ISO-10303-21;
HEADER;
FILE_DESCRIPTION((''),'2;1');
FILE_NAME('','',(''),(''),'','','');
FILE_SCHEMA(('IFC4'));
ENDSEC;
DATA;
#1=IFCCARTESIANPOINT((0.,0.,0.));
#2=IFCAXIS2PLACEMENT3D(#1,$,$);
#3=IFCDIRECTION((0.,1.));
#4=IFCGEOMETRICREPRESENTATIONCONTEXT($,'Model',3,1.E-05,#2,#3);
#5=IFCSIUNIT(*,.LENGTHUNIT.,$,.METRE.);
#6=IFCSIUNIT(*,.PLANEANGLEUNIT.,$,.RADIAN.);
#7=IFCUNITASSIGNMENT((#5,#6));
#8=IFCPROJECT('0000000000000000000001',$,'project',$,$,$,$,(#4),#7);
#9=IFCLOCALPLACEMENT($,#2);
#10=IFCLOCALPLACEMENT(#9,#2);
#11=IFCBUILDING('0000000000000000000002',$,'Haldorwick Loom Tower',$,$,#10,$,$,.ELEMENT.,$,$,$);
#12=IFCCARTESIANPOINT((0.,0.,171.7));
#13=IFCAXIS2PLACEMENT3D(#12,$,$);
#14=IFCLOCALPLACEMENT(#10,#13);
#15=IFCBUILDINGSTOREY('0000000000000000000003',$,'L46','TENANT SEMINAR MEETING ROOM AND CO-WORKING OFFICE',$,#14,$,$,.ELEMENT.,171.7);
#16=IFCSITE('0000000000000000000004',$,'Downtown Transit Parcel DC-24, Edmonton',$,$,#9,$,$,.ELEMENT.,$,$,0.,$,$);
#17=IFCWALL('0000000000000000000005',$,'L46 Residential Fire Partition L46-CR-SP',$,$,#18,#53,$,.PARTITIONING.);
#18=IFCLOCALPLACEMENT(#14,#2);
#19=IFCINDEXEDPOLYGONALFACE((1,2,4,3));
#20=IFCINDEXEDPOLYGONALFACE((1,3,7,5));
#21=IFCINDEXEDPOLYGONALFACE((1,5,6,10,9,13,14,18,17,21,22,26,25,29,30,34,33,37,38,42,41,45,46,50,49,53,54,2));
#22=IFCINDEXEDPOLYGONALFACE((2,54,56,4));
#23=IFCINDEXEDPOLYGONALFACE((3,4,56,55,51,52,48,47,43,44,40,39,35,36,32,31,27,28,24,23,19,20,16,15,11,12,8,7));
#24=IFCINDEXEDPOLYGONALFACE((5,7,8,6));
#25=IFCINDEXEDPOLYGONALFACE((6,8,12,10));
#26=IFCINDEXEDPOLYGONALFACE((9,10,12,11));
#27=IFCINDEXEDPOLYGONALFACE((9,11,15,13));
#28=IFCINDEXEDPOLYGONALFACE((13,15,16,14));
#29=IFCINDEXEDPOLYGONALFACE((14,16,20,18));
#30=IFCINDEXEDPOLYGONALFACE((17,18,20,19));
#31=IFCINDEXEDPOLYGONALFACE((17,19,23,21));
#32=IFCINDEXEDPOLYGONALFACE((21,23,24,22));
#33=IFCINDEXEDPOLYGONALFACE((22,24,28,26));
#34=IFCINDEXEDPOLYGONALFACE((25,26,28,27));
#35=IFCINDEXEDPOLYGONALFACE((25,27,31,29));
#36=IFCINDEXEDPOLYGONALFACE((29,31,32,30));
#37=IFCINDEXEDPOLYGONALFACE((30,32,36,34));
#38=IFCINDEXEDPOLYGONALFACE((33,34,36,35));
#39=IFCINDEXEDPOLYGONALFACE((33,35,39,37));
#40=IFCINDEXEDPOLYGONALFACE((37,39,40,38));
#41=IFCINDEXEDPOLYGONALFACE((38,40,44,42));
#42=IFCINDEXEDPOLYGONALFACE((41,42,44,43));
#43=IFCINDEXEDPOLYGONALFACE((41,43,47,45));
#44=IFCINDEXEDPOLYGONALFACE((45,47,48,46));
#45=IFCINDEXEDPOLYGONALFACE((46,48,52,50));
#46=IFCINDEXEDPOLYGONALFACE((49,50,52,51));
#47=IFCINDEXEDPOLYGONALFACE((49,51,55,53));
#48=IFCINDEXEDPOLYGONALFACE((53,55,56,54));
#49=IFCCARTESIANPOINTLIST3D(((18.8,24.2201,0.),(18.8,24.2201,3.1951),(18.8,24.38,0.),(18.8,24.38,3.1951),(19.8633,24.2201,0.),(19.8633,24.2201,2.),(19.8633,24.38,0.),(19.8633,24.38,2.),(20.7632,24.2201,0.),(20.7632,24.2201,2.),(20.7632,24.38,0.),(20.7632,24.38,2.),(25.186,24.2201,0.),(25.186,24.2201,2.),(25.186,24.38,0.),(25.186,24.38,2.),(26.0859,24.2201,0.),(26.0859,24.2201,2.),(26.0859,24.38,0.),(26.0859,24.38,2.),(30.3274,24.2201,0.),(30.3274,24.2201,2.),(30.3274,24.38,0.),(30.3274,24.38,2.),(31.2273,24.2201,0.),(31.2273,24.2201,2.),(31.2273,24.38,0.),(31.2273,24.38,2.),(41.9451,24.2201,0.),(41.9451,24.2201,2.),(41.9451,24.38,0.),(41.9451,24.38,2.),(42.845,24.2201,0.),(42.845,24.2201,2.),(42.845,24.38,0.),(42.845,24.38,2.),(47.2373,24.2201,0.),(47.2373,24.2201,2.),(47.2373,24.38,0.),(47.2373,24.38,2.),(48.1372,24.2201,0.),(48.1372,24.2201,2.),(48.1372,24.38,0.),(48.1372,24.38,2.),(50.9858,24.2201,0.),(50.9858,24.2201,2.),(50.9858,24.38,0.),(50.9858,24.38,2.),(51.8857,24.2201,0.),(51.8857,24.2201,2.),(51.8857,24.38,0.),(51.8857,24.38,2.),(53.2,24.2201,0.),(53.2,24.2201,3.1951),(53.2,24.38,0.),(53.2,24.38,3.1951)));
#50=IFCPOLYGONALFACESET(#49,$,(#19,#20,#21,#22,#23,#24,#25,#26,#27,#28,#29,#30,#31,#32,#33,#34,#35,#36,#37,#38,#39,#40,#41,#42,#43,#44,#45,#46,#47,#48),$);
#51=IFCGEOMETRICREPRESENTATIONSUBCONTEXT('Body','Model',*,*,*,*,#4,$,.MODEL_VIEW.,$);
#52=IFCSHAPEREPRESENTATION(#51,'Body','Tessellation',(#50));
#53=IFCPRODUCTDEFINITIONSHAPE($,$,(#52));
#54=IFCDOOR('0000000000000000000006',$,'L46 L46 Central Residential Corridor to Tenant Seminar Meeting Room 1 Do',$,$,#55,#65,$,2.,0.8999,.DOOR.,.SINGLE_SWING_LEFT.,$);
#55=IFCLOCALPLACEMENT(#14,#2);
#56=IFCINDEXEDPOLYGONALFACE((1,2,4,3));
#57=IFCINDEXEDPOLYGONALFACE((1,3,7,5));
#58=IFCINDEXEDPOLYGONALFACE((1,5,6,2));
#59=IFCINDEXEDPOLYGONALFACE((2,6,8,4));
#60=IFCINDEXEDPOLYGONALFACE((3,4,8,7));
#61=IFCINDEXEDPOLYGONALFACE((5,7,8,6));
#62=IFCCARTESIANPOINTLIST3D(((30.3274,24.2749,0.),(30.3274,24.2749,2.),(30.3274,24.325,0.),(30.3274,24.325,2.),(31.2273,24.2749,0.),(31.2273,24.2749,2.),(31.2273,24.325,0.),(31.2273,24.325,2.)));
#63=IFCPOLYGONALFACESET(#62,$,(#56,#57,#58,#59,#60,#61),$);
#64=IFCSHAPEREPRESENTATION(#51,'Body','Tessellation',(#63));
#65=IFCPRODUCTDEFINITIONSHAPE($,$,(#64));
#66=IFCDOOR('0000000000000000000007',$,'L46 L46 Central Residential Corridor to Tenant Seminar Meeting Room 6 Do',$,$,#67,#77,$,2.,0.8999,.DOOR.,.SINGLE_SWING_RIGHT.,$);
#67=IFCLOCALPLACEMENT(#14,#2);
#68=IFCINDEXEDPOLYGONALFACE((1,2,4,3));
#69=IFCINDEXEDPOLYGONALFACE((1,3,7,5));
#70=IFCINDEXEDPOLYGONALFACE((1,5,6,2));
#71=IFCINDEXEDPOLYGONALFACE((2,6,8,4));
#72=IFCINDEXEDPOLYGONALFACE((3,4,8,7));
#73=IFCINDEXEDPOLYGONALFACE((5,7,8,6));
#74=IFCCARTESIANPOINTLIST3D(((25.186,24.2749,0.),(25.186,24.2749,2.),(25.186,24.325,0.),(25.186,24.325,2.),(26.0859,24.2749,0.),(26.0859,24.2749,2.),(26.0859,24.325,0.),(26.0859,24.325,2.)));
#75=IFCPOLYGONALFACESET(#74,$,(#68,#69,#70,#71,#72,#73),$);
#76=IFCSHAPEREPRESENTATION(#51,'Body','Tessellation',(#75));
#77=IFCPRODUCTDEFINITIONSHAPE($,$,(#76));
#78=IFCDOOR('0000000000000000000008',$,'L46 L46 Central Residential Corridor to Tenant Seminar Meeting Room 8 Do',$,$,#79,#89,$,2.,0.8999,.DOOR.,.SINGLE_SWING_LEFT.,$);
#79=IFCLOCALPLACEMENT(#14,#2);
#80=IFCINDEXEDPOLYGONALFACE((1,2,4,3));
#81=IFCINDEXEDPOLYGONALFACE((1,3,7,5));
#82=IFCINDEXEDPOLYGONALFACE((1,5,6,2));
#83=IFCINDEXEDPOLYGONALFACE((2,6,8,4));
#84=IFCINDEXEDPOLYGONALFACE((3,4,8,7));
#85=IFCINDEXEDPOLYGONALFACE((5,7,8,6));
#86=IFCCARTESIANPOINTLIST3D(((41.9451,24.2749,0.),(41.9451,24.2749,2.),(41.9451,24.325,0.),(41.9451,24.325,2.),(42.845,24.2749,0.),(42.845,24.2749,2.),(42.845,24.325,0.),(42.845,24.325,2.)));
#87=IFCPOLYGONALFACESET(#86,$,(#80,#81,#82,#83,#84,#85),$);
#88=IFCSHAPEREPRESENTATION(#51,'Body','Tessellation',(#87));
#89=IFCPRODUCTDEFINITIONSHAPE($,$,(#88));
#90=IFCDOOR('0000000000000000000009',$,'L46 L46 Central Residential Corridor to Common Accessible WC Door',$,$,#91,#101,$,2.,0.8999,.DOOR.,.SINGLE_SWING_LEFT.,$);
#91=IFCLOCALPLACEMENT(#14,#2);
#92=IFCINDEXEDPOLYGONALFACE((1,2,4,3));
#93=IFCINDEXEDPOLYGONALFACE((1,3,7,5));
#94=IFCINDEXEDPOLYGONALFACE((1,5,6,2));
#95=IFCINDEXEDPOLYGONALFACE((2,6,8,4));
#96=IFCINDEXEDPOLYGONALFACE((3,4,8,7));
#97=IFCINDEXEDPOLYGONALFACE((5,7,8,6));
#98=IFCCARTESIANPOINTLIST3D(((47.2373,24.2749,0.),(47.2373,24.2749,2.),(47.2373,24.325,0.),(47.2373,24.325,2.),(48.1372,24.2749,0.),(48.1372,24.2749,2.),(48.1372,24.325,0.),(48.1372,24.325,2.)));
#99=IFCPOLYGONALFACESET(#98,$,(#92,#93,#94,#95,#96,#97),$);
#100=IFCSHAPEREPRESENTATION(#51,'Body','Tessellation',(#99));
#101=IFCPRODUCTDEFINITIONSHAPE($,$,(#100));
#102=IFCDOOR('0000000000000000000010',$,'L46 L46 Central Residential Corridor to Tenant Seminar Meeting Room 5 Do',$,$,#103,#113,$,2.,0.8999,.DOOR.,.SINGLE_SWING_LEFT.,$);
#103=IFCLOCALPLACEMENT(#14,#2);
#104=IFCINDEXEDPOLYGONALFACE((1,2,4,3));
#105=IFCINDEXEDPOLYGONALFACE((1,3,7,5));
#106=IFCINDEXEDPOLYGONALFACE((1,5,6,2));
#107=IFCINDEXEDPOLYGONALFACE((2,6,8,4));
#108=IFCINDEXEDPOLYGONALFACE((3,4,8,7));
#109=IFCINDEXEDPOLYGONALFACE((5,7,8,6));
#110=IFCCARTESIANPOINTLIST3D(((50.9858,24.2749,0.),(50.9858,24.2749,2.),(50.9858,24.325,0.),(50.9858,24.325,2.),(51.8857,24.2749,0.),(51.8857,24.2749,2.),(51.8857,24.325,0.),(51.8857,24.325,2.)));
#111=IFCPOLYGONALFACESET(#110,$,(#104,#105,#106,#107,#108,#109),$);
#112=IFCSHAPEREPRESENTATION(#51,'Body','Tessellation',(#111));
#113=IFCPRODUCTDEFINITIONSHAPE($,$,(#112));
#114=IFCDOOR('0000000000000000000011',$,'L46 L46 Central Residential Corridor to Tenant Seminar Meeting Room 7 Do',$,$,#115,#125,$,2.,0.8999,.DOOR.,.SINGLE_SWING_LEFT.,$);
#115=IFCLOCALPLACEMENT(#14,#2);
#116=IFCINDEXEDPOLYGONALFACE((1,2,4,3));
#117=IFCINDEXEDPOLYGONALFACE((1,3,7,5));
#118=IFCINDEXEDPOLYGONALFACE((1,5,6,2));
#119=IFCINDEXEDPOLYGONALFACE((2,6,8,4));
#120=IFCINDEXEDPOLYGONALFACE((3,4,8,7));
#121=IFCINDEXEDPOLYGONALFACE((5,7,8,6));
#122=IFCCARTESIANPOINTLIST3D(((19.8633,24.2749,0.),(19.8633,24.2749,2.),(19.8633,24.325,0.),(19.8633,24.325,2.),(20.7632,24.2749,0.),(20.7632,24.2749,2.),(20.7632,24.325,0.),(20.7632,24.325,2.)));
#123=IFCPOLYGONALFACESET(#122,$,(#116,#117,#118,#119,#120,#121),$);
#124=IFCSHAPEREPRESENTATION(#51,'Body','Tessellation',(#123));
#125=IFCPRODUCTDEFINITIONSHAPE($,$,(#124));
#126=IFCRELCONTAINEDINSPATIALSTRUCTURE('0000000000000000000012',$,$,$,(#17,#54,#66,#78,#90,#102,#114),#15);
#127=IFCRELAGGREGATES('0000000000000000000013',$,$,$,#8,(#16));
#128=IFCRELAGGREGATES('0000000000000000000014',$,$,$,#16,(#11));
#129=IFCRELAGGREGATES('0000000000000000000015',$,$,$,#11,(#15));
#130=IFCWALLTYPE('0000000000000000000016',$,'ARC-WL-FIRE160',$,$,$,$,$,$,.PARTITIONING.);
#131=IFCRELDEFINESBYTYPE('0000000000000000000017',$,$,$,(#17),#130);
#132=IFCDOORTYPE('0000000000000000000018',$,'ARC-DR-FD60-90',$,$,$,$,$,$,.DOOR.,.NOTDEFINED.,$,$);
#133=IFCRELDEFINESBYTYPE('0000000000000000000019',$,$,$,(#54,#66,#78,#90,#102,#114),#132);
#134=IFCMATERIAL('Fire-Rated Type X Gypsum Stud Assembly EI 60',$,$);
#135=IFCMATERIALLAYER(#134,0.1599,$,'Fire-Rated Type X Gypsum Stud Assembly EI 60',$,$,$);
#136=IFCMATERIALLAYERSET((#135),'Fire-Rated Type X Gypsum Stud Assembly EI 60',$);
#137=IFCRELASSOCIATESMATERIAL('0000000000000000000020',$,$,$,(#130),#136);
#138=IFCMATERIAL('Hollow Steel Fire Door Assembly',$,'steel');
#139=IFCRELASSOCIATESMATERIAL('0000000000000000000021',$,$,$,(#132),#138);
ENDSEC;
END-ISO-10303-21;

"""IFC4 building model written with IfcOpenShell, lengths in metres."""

from ifc_helpers import new_model, si_unit, direction, frame, frame_2d, origin, place, context, subcontext, project, spatial, rectangle, extrude, material, layer, layer_set, type_object, element, fill, save


model = new_model("IFC4")

# Units and contexts
model_context = context("Model", 3, precision=1e-05, world=origin(), true_north=direction((0.0, 1.0)))
body_context = subcontext(model_context, "Body", "Model", "MODEL_VIEW")
ifc_project = project(units=[si_unit("LENGTHUNIT", "METRE"), si_unit("PLANEANGLEUNIT", "RADIAN")], contexts=[model_context])

# Site, building, storey
site_placement = place(None, origin())
site = spatial("IfcSite", under=ifc_project, at=site_placement, Name="Downtown Transit Parcel DC-24, Edmonton", CompositionType="ELEMENT", RefElevation=0.0)
building_placement = place(site_placement, origin())
building = spatial("IfcBuilding", under=site, at=building_placement, Name="Haldorwick Loom Tower", CompositionType="ELEMENT")
storey_placement = place(building_placement, frame((0.0, 0.0, 171.7)))
storey = spatial("IfcBuildingStorey", under=building, at=storey_placement, Name="L46", Description="TENANT SEMINAR MEETING ROOM AND CO-WORKING OFFICE", CompositionType="ELEMENT", Elevation=171.7)

# Wall, openings, doors
ifc_material_1 = material(Name="Fire-Rated Type X Gypsum Stud Assembly EI 60")
ifc_layer_1 = layer(ifc_material_1, 0.1599, Name="Fire-Rated Type X Gypsum Stud Assembly EI 60")
ifc_layer_set_1 = layer_set([ifc_layer_1], Name="Fire-Rated Type X Gypsum Stud Assembly EI 60")
wall_type_1 = type_object("IfcWallType", Name="ARC-WL-FIRE160", PredefinedType="PARTITIONING", material=ifc_layer_set_1)
wall_1_placement = place(storey_placement, frame((18.8, 24.3, 0.0), z_axis=(0.0, 0.0, 1.0), x_axis=(1.0, 0.0, 0.0)))
wall_1 = element("IfcWall", 1, at=wall_1_placement, inside=storey, type_object=wall_type_1, Name="L46 Residential Fire Partition L46-CR-SP", PredefinedType="PARTITIONING", context=body_context, shape_type="SweptSolid", body=[
    extrude(rectangle(XDim=34.3999, YDim=0.1599, at=frame_2d((17.2, 0.0))), origin(), (0.0, 0.0, 1.0), 3.1951),
])
opening_1_placement = place(wall_1_placement, frame((11.5273, 0.0, 0.0)))
opening_1 = element("IfcOpeningElement", 2, at=opening_1_placement, cuts=wall_1, PredefinedType="OPENING", context=body_context, shape_type="SweptSolid", body=[
    extrude(rectangle(XDim=0.8999, YDim=2.0, at=frame_2d((0.45, 1.0))), frame((0.0, 0.0898, 0.0), z_axis=(0.0, -1.0, 0.0), x_axis=(1.0, 0.0, 0.0)), (0.0, 0.0, 1.0), 0.1799),
])
opening_2_placement = place(wall_1_placement, frame((6.386, 0.0, 0.0)))
opening_2 = element("IfcOpeningElement", 3, at=opening_2_placement, cuts=wall_1, PredefinedType="OPENING", context=body_context, shape_type="SweptSolid", body=[
    extrude(rectangle(XDim=0.8999, YDim=2.0, at=frame_2d((0.45, 1.0))), frame((0.0, 0.0898, 0.0), z_axis=(0.0, -1.0, 0.0), x_axis=(1.0, 0.0, 0.0)), (0.0, 0.0, 1.0), 0.1799),
])
opening_3_placement = place(wall_1_placement, frame((23.145, 0.0, 0.0)))
opening_3 = element("IfcOpeningElement", 4, at=opening_3_placement, cuts=wall_1, PredefinedType="OPENING", context=body_context, shape_type="SweptSolid", body=[
    extrude(rectangle(XDim=0.8999, YDim=2.0, at=frame_2d((0.45, 1.0))), frame((0.0, 0.0898, 0.0), z_axis=(0.0, -1.0, 0.0), x_axis=(1.0, 0.0, 0.0)), (0.0, 0.0, 1.0), 0.1799),
])
opening_4_placement = place(wall_1_placement, frame((28.4373, 0.0, 0.0)))
opening_4 = element("IfcOpeningElement", 5, at=opening_4_placement, cuts=wall_1, PredefinedType="OPENING", context=body_context, shape_type="SweptSolid", body=[
    extrude(rectangle(XDim=0.8999, YDim=2.0, at=frame_2d((0.45, 1.0))), frame((0.0, 0.0898, 0.0), z_axis=(0.0, -1.0, 0.0), x_axis=(1.0, 0.0, 0.0)), (0.0, 0.0, 1.0), 0.1799),
])
opening_5_placement = place(wall_1_placement, frame((32.1858, 0.0, 0.0)))
opening_5 = element("IfcOpeningElement", 6, at=opening_5_placement, cuts=wall_1, PredefinedType="OPENING", context=body_context, shape_type="SweptSolid", body=[
    extrude(rectangle(XDim=0.8999, YDim=2.0, at=frame_2d((0.45, 1.0))), frame((0.0, 0.0898, 0.0), z_axis=(0.0, -1.0, 0.0), x_axis=(1.0, 0.0, 0.0)), (0.0, 0.0, 1.0), 0.1799),
])
opening_6_placement = place(wall_1_placement, frame((1.0632, 0.0, 0.0)))
opening_6 = element("IfcOpeningElement", 7, at=opening_6_placement, cuts=wall_1, PredefinedType="OPENING", context=body_context, shape_type="SweptSolid", body=[
    extrude(rectangle(XDim=0.8999, YDim=2.0, at=frame_2d((0.45, 1.0))), frame((0.0, 0.0898, 0.0), z_axis=(0.0, -1.0, 0.0), x_axis=(1.0, 0.0, 0.0)), (0.0, 0.0, 1.0), 0.1799),
])
ifc_material_2 = material(Name="Hollow Steel Fire Door Assembly", Category="steel")
door_type_1 = type_object("IfcDoorType", Name="ARC-DR-FD60-90", OperationType="NOTDEFINED", PredefinedType="DOOR", material=ifc_material_2)
door_1_placement = place(opening_1_placement, origin())
door_1 = element("IfcDoor", 8, at=door_1_placement, inside=storey, type_object=door_type_1, Name="L46 L46 Central Residential Corridor to Tenant Seminar Meeting Room 1 Do", OperationType="SINGLE_SWING_LEFT", OverallHeight=2.0, OverallWidth=0.8999, PredefinedType="DOOR", context=body_context, shape_type="SweptSolid", body=[
    extrude(rectangle(XDim=0.8999, YDim=2.0, at=frame_2d((0.45, 1.0))), frame((0.0, 0.0249, 0.0), z_axis=(0.0, -1.0, 0.0), x_axis=(1.0, 0.0, 0.0)), (0.0, 0.0, 1.0), 0.05),
])
fill(opening_1, door_1)
door_2_placement = place(opening_2_placement, origin())
door_2 = element("IfcDoor", 9, at=door_2_placement, inside=storey, type_object=door_type_1, Name="L46 L46 Central Residential Corridor to Tenant Seminar Meeting Room 6 Do", OperationType="SINGLE_SWING_RIGHT", OverallHeight=2.0, OverallWidth=0.8999, PredefinedType="DOOR", context=body_context, shape_type="SweptSolid", body=[
    extrude(rectangle(XDim=0.8999, YDim=2.0, at=frame_2d((0.45, 1.0))), frame((0.0, 0.0249, 0.0), z_axis=(0.0, -1.0, 0.0), x_axis=(1.0, 0.0, 0.0)), (0.0, 0.0, 1.0), 0.05),
])
fill(opening_2, door_2)
door_3_placement = place(opening_3_placement, origin())
door_3 = element("IfcDoor", 10, at=door_3_placement, inside=storey, type_object=door_type_1, Name="L46 L46 Central Residential Corridor to Tenant Seminar Meeting Room 8 Do", OperationType="SINGLE_SWING_LEFT", OverallHeight=2.0, OverallWidth=0.8999, PredefinedType="DOOR", context=body_context, shape_type="SweptSolid", body=[
    extrude(rectangle(XDim=0.8999, YDim=2.0, at=frame_2d((0.45, 1.0))), frame((0.0, 0.0249, 0.0), z_axis=(0.0, -1.0, 0.0), x_axis=(1.0, 0.0, 0.0)), (0.0, 0.0, 1.0), 0.05),
])
fill(opening_3, door_3)
door_4_placement = place(opening_4_placement, origin())
door_4 = element("IfcDoor", 11, at=door_4_placement, inside=storey, type_object=door_type_1, Name="L46 L46 Central Residential Corridor to Common Accessible WC Door", OperationType="SINGLE_SWING_LEFT", OverallHeight=2.0, OverallWidth=0.8999, PredefinedType="DOOR", context=body_context, shape_type="SweptSolid", body=[
    extrude(rectangle(XDim=0.8999, YDim=2.0, at=frame_2d((0.45, 1.0))), frame((0.0, 0.0249, 0.0), z_axis=(0.0, -1.0, 0.0), x_axis=(1.0, 0.0, 0.0)), (0.0, 0.0, 1.0), 0.05),
])
fill(opening_4, door_4)
door_5_placement = place(opening_5_placement, origin())
door_5 = element("IfcDoor", 12, at=door_5_placement, inside=storey, type_object=door_type_1, Name="L46 L46 Central Residential Corridor to Tenant Seminar Meeting Room 5 Do", OperationType="SINGLE_SWING_LEFT", OverallHeight=2.0, OverallWidth=0.8999, PredefinedType="DOOR", context=body_context, shape_type="SweptSolid", body=[
    extrude(rectangle(XDim=0.8999, YDim=2.0, at=frame_2d((0.45, 1.0))), frame((0.0, 0.0249, 0.0), z_axis=(0.0, -1.0, 0.0), x_axis=(1.0, 0.0, 0.0)), (0.0, 0.0, 1.0), 0.05),
])
fill(opening_5, door_5)
door_6_placement = place(opening_6_placement, origin())
door_6 = element("IfcDoor", 13, at=door_6_placement, inside=storey, type_object=door_type_1, Name="L46 L46 Central Residential Corridor to Tenant Seminar Meeting Room 7 Do", OperationType="SINGLE_SWING_LEFT", OverallHeight=2.0, OverallWidth=0.8999, PredefinedType="DOOR", context=body_context, shape_type="SweptSolid", body=[
    extrude(rectangle(XDim=0.8999, YDim=2.0, at=frame_2d((0.45, 1.0))), frame((0.0, 0.0249, 0.0), z_axis=(0.0, -1.0, 0.0), x_axis=(1.0, 0.0, 0.0)), (0.0, 0.0, 1.0), 0.05),
])
fill(opening_6, door_6)

save(model, "model.ifc")
